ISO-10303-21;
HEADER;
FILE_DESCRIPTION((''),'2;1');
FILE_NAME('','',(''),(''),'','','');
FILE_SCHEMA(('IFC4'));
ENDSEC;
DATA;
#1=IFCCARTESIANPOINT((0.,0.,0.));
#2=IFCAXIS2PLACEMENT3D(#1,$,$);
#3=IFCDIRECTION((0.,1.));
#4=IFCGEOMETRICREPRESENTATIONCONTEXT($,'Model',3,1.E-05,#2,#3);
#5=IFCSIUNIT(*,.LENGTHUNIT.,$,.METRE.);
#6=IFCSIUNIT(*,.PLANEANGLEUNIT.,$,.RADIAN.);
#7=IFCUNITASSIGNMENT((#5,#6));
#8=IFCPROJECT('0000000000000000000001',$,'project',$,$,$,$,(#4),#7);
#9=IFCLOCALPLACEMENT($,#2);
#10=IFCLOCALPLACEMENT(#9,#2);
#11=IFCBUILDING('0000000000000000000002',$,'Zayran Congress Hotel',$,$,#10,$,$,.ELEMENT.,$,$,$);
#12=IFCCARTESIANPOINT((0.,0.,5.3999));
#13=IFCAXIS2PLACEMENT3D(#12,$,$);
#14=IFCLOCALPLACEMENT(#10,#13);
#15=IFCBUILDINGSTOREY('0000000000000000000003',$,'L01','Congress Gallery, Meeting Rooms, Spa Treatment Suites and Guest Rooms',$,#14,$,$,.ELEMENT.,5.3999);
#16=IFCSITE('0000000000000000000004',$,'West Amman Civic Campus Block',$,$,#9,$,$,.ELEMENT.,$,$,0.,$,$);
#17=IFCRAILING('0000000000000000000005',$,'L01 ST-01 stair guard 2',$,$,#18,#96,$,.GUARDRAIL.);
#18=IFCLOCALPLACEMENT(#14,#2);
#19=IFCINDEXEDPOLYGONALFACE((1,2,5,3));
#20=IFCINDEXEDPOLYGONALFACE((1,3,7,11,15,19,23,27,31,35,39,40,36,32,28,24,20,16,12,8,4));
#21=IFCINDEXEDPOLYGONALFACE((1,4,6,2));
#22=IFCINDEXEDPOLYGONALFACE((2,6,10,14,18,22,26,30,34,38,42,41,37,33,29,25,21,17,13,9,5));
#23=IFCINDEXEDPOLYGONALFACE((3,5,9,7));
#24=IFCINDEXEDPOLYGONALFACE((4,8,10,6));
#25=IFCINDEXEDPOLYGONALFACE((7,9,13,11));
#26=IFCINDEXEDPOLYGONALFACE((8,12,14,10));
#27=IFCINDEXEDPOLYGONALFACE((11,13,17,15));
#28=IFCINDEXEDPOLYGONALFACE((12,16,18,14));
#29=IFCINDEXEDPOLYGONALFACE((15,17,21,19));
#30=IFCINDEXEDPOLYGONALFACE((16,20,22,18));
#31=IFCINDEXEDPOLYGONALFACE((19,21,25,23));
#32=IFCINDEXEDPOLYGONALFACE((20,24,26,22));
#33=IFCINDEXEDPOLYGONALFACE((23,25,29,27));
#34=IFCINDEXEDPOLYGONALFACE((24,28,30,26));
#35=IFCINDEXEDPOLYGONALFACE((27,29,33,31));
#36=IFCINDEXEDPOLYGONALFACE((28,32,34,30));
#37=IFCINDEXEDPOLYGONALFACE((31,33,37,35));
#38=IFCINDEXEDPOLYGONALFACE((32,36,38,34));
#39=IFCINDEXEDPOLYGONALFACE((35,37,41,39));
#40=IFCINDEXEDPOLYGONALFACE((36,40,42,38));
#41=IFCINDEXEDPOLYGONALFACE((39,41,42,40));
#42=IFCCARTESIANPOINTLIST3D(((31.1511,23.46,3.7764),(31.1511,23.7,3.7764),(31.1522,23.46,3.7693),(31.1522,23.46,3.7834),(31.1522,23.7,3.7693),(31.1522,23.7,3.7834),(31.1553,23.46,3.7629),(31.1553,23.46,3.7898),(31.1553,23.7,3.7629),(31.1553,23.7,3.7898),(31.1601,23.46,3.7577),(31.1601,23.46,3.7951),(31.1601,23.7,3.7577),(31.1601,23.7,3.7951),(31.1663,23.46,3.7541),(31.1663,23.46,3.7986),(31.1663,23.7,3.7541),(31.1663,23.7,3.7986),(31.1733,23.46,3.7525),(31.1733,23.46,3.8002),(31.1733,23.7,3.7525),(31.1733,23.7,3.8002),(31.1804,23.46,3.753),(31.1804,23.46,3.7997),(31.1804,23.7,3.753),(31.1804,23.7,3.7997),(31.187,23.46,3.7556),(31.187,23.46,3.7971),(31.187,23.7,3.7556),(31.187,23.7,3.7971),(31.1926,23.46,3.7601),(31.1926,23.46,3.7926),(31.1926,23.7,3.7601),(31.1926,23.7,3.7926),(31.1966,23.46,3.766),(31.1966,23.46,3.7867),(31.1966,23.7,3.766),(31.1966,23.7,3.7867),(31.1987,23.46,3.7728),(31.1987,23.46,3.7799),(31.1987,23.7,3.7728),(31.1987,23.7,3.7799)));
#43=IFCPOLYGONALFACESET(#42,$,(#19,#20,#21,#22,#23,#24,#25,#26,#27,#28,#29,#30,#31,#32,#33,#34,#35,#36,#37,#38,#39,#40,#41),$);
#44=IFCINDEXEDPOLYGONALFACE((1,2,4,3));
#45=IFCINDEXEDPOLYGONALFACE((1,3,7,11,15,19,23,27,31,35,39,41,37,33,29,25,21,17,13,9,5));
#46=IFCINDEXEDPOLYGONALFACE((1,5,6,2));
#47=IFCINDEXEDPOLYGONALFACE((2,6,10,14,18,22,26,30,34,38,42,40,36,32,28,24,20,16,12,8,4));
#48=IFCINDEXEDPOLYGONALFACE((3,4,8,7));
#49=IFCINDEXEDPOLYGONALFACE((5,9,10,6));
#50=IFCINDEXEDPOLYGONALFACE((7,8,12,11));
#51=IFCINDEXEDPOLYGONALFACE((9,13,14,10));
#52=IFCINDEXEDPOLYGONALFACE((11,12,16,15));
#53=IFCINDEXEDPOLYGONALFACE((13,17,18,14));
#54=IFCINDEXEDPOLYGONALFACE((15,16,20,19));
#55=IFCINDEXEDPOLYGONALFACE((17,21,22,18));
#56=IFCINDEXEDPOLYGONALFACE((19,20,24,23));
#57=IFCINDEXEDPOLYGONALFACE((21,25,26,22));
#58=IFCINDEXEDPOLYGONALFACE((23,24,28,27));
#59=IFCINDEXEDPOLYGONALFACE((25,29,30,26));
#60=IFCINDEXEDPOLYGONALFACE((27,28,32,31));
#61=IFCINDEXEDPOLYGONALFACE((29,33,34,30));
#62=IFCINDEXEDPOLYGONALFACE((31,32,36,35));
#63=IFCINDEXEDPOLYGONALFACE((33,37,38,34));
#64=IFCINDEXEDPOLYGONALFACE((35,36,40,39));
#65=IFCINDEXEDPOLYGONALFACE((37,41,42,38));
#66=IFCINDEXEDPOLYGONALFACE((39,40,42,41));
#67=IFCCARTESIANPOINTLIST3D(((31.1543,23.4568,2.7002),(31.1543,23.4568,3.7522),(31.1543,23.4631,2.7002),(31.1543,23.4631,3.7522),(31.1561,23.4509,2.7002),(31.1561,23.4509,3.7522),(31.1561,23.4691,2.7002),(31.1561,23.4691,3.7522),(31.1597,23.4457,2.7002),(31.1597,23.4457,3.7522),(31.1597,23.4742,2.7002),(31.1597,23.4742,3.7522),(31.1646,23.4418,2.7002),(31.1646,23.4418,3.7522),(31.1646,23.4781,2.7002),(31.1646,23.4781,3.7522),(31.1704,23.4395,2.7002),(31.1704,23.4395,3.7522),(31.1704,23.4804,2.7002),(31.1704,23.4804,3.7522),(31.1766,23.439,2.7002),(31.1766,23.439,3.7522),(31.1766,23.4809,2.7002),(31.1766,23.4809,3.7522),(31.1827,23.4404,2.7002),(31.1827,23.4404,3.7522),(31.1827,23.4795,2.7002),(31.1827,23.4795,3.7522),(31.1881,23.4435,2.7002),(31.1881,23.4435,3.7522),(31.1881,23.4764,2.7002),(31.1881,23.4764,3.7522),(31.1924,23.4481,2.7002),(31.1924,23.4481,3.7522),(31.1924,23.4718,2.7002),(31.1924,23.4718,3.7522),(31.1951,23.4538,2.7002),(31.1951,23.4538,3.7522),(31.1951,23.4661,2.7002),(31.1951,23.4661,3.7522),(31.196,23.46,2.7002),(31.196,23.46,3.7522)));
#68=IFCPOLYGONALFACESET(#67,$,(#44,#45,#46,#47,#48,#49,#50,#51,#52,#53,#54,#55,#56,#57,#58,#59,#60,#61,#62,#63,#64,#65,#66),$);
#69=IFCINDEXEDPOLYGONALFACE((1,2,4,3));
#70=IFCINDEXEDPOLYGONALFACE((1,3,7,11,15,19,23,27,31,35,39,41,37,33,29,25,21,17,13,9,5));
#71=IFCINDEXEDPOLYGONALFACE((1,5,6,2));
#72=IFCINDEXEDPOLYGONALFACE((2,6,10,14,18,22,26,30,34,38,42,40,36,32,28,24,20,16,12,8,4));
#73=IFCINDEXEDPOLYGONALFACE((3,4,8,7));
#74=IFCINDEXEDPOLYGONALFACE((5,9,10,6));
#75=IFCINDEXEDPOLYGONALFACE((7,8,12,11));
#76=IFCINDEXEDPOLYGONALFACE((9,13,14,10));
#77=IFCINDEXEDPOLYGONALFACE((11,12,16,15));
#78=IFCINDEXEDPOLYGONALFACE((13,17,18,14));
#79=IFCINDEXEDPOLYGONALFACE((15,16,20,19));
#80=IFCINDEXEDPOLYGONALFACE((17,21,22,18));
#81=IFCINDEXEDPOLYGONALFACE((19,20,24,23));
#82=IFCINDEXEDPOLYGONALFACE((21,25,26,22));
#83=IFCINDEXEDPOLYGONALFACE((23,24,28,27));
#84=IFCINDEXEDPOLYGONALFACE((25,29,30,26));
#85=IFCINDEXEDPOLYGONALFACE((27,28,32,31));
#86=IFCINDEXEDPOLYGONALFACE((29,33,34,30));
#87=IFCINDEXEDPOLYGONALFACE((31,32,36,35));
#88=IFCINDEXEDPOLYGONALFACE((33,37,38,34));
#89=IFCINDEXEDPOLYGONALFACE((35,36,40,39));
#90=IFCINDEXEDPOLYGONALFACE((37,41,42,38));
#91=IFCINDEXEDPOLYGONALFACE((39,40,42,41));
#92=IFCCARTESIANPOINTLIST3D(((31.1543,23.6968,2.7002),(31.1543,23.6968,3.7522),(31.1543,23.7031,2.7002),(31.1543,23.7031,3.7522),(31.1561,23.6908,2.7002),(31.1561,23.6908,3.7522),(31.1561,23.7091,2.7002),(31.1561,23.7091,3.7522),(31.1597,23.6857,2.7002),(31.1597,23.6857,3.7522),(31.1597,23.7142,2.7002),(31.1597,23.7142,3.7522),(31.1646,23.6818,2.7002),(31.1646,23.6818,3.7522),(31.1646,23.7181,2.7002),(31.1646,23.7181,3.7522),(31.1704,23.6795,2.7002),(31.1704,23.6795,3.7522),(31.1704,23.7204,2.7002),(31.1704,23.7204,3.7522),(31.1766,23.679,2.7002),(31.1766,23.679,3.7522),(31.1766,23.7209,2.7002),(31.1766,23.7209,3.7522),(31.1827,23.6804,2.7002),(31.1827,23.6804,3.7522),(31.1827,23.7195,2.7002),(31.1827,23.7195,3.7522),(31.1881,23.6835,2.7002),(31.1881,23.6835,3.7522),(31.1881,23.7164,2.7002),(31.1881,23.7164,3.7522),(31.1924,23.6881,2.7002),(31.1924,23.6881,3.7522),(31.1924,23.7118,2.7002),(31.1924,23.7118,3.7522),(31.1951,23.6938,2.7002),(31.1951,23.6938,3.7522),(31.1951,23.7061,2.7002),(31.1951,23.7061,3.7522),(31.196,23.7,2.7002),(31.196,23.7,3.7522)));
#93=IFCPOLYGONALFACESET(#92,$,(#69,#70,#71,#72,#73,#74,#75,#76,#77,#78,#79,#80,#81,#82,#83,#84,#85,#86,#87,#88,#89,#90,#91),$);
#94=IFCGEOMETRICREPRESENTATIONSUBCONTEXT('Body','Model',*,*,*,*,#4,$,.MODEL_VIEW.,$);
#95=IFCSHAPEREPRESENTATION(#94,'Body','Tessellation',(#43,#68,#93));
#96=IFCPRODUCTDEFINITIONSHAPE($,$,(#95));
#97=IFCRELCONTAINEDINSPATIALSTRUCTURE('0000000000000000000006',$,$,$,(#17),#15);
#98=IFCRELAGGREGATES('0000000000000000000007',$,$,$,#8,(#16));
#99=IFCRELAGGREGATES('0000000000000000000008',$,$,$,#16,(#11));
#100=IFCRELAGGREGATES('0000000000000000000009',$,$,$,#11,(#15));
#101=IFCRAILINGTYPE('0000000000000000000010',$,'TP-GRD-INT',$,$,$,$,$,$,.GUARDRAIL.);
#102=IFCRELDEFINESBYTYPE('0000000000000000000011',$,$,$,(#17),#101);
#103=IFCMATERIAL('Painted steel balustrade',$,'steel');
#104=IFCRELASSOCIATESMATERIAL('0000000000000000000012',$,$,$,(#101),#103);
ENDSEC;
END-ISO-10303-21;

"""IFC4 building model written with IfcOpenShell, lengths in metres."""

from ifc_helpers import new_model, si_unit, direction, frame, origin, origin_2d, place, context, subcontext, project, spatial, circle, extrude, material, type_object, element, save


model = new_model("IFC4")

# Units and contexts
model_context = context("Model", 3, precision=1e-05, world=origin(), true_north=direction((0.0, 1.0)))
body_context = subcontext(model_context, "Body", "Model", "MODEL_VIEW")
ifc_project = project(units=[si_unit("LENGTHUNIT", "METRE"), si_unit("PLANEANGLEUNIT", "RADIAN")], contexts=[model_context])

# Site, building, storey
site_placement = place(None, origin())
site = spatial("IfcSite", under=ifc_project, at=site_placement, Name="West Amman Civic Campus Block", CompositionType="ELEMENT", RefElevation=0.0)
building_placement = place(site_placement, origin())
building = spatial("IfcBuilding", under=site, at=building_placement, Name="Zayran Congress Hotel", CompositionType="ELEMENT")
storey_placement = place(building_placement, frame((0.0, 0.0, 5.3999)))
storey = spatial("IfcBuildingStorey", under=building, at=storey_placement, Name="L01", Description="Congress Gallery, Meeting Rooms, Spa Treatment Suites and Guest Rooms", CompositionType="ELEMENT", Elevation=5.3999)

# Railing
ifc_material_1 = material(Name="Painted steel balustrade", Category="steel")
railing_type_1 = type_object("IfcRailingType", Name="TP-GRD-INT", PredefinedType="GUARDRAIL", material=ifc_material_1)
railing_1_placement = place(storey_placement, frame((31.175, 23.46, 2.7002)))
element("IfcRailing", 1, at=railing_1_placement, inside=storey, type_object=railing_type_1, Name="L01 ST-01 stair guard 2", PredefinedType="GUARDRAIL", context=body_context, shape_type="SweptSolid", body=[
    extrude(circle(Radius=0.0239, at=origin_2d()), frame((0.0, 0.0, 1.0762), z_axis=(0.0, 1.0, 0.0), x_axis=(-1.0, 0.0, 0.0)), (0.0, 0.0, 1.0), 0.24),
    extrude(circle(Radius=0.021, at=origin_2d()), origin(), (0.0, 0.0, 1.0), 1.052),
    extrude(circle(Radius=0.021, at=origin_2d()), frame((0.0, 0.24, 0.0)), (0.0, 0.0, 1.0), 1.052),
])

save(model, "model.ifc")
